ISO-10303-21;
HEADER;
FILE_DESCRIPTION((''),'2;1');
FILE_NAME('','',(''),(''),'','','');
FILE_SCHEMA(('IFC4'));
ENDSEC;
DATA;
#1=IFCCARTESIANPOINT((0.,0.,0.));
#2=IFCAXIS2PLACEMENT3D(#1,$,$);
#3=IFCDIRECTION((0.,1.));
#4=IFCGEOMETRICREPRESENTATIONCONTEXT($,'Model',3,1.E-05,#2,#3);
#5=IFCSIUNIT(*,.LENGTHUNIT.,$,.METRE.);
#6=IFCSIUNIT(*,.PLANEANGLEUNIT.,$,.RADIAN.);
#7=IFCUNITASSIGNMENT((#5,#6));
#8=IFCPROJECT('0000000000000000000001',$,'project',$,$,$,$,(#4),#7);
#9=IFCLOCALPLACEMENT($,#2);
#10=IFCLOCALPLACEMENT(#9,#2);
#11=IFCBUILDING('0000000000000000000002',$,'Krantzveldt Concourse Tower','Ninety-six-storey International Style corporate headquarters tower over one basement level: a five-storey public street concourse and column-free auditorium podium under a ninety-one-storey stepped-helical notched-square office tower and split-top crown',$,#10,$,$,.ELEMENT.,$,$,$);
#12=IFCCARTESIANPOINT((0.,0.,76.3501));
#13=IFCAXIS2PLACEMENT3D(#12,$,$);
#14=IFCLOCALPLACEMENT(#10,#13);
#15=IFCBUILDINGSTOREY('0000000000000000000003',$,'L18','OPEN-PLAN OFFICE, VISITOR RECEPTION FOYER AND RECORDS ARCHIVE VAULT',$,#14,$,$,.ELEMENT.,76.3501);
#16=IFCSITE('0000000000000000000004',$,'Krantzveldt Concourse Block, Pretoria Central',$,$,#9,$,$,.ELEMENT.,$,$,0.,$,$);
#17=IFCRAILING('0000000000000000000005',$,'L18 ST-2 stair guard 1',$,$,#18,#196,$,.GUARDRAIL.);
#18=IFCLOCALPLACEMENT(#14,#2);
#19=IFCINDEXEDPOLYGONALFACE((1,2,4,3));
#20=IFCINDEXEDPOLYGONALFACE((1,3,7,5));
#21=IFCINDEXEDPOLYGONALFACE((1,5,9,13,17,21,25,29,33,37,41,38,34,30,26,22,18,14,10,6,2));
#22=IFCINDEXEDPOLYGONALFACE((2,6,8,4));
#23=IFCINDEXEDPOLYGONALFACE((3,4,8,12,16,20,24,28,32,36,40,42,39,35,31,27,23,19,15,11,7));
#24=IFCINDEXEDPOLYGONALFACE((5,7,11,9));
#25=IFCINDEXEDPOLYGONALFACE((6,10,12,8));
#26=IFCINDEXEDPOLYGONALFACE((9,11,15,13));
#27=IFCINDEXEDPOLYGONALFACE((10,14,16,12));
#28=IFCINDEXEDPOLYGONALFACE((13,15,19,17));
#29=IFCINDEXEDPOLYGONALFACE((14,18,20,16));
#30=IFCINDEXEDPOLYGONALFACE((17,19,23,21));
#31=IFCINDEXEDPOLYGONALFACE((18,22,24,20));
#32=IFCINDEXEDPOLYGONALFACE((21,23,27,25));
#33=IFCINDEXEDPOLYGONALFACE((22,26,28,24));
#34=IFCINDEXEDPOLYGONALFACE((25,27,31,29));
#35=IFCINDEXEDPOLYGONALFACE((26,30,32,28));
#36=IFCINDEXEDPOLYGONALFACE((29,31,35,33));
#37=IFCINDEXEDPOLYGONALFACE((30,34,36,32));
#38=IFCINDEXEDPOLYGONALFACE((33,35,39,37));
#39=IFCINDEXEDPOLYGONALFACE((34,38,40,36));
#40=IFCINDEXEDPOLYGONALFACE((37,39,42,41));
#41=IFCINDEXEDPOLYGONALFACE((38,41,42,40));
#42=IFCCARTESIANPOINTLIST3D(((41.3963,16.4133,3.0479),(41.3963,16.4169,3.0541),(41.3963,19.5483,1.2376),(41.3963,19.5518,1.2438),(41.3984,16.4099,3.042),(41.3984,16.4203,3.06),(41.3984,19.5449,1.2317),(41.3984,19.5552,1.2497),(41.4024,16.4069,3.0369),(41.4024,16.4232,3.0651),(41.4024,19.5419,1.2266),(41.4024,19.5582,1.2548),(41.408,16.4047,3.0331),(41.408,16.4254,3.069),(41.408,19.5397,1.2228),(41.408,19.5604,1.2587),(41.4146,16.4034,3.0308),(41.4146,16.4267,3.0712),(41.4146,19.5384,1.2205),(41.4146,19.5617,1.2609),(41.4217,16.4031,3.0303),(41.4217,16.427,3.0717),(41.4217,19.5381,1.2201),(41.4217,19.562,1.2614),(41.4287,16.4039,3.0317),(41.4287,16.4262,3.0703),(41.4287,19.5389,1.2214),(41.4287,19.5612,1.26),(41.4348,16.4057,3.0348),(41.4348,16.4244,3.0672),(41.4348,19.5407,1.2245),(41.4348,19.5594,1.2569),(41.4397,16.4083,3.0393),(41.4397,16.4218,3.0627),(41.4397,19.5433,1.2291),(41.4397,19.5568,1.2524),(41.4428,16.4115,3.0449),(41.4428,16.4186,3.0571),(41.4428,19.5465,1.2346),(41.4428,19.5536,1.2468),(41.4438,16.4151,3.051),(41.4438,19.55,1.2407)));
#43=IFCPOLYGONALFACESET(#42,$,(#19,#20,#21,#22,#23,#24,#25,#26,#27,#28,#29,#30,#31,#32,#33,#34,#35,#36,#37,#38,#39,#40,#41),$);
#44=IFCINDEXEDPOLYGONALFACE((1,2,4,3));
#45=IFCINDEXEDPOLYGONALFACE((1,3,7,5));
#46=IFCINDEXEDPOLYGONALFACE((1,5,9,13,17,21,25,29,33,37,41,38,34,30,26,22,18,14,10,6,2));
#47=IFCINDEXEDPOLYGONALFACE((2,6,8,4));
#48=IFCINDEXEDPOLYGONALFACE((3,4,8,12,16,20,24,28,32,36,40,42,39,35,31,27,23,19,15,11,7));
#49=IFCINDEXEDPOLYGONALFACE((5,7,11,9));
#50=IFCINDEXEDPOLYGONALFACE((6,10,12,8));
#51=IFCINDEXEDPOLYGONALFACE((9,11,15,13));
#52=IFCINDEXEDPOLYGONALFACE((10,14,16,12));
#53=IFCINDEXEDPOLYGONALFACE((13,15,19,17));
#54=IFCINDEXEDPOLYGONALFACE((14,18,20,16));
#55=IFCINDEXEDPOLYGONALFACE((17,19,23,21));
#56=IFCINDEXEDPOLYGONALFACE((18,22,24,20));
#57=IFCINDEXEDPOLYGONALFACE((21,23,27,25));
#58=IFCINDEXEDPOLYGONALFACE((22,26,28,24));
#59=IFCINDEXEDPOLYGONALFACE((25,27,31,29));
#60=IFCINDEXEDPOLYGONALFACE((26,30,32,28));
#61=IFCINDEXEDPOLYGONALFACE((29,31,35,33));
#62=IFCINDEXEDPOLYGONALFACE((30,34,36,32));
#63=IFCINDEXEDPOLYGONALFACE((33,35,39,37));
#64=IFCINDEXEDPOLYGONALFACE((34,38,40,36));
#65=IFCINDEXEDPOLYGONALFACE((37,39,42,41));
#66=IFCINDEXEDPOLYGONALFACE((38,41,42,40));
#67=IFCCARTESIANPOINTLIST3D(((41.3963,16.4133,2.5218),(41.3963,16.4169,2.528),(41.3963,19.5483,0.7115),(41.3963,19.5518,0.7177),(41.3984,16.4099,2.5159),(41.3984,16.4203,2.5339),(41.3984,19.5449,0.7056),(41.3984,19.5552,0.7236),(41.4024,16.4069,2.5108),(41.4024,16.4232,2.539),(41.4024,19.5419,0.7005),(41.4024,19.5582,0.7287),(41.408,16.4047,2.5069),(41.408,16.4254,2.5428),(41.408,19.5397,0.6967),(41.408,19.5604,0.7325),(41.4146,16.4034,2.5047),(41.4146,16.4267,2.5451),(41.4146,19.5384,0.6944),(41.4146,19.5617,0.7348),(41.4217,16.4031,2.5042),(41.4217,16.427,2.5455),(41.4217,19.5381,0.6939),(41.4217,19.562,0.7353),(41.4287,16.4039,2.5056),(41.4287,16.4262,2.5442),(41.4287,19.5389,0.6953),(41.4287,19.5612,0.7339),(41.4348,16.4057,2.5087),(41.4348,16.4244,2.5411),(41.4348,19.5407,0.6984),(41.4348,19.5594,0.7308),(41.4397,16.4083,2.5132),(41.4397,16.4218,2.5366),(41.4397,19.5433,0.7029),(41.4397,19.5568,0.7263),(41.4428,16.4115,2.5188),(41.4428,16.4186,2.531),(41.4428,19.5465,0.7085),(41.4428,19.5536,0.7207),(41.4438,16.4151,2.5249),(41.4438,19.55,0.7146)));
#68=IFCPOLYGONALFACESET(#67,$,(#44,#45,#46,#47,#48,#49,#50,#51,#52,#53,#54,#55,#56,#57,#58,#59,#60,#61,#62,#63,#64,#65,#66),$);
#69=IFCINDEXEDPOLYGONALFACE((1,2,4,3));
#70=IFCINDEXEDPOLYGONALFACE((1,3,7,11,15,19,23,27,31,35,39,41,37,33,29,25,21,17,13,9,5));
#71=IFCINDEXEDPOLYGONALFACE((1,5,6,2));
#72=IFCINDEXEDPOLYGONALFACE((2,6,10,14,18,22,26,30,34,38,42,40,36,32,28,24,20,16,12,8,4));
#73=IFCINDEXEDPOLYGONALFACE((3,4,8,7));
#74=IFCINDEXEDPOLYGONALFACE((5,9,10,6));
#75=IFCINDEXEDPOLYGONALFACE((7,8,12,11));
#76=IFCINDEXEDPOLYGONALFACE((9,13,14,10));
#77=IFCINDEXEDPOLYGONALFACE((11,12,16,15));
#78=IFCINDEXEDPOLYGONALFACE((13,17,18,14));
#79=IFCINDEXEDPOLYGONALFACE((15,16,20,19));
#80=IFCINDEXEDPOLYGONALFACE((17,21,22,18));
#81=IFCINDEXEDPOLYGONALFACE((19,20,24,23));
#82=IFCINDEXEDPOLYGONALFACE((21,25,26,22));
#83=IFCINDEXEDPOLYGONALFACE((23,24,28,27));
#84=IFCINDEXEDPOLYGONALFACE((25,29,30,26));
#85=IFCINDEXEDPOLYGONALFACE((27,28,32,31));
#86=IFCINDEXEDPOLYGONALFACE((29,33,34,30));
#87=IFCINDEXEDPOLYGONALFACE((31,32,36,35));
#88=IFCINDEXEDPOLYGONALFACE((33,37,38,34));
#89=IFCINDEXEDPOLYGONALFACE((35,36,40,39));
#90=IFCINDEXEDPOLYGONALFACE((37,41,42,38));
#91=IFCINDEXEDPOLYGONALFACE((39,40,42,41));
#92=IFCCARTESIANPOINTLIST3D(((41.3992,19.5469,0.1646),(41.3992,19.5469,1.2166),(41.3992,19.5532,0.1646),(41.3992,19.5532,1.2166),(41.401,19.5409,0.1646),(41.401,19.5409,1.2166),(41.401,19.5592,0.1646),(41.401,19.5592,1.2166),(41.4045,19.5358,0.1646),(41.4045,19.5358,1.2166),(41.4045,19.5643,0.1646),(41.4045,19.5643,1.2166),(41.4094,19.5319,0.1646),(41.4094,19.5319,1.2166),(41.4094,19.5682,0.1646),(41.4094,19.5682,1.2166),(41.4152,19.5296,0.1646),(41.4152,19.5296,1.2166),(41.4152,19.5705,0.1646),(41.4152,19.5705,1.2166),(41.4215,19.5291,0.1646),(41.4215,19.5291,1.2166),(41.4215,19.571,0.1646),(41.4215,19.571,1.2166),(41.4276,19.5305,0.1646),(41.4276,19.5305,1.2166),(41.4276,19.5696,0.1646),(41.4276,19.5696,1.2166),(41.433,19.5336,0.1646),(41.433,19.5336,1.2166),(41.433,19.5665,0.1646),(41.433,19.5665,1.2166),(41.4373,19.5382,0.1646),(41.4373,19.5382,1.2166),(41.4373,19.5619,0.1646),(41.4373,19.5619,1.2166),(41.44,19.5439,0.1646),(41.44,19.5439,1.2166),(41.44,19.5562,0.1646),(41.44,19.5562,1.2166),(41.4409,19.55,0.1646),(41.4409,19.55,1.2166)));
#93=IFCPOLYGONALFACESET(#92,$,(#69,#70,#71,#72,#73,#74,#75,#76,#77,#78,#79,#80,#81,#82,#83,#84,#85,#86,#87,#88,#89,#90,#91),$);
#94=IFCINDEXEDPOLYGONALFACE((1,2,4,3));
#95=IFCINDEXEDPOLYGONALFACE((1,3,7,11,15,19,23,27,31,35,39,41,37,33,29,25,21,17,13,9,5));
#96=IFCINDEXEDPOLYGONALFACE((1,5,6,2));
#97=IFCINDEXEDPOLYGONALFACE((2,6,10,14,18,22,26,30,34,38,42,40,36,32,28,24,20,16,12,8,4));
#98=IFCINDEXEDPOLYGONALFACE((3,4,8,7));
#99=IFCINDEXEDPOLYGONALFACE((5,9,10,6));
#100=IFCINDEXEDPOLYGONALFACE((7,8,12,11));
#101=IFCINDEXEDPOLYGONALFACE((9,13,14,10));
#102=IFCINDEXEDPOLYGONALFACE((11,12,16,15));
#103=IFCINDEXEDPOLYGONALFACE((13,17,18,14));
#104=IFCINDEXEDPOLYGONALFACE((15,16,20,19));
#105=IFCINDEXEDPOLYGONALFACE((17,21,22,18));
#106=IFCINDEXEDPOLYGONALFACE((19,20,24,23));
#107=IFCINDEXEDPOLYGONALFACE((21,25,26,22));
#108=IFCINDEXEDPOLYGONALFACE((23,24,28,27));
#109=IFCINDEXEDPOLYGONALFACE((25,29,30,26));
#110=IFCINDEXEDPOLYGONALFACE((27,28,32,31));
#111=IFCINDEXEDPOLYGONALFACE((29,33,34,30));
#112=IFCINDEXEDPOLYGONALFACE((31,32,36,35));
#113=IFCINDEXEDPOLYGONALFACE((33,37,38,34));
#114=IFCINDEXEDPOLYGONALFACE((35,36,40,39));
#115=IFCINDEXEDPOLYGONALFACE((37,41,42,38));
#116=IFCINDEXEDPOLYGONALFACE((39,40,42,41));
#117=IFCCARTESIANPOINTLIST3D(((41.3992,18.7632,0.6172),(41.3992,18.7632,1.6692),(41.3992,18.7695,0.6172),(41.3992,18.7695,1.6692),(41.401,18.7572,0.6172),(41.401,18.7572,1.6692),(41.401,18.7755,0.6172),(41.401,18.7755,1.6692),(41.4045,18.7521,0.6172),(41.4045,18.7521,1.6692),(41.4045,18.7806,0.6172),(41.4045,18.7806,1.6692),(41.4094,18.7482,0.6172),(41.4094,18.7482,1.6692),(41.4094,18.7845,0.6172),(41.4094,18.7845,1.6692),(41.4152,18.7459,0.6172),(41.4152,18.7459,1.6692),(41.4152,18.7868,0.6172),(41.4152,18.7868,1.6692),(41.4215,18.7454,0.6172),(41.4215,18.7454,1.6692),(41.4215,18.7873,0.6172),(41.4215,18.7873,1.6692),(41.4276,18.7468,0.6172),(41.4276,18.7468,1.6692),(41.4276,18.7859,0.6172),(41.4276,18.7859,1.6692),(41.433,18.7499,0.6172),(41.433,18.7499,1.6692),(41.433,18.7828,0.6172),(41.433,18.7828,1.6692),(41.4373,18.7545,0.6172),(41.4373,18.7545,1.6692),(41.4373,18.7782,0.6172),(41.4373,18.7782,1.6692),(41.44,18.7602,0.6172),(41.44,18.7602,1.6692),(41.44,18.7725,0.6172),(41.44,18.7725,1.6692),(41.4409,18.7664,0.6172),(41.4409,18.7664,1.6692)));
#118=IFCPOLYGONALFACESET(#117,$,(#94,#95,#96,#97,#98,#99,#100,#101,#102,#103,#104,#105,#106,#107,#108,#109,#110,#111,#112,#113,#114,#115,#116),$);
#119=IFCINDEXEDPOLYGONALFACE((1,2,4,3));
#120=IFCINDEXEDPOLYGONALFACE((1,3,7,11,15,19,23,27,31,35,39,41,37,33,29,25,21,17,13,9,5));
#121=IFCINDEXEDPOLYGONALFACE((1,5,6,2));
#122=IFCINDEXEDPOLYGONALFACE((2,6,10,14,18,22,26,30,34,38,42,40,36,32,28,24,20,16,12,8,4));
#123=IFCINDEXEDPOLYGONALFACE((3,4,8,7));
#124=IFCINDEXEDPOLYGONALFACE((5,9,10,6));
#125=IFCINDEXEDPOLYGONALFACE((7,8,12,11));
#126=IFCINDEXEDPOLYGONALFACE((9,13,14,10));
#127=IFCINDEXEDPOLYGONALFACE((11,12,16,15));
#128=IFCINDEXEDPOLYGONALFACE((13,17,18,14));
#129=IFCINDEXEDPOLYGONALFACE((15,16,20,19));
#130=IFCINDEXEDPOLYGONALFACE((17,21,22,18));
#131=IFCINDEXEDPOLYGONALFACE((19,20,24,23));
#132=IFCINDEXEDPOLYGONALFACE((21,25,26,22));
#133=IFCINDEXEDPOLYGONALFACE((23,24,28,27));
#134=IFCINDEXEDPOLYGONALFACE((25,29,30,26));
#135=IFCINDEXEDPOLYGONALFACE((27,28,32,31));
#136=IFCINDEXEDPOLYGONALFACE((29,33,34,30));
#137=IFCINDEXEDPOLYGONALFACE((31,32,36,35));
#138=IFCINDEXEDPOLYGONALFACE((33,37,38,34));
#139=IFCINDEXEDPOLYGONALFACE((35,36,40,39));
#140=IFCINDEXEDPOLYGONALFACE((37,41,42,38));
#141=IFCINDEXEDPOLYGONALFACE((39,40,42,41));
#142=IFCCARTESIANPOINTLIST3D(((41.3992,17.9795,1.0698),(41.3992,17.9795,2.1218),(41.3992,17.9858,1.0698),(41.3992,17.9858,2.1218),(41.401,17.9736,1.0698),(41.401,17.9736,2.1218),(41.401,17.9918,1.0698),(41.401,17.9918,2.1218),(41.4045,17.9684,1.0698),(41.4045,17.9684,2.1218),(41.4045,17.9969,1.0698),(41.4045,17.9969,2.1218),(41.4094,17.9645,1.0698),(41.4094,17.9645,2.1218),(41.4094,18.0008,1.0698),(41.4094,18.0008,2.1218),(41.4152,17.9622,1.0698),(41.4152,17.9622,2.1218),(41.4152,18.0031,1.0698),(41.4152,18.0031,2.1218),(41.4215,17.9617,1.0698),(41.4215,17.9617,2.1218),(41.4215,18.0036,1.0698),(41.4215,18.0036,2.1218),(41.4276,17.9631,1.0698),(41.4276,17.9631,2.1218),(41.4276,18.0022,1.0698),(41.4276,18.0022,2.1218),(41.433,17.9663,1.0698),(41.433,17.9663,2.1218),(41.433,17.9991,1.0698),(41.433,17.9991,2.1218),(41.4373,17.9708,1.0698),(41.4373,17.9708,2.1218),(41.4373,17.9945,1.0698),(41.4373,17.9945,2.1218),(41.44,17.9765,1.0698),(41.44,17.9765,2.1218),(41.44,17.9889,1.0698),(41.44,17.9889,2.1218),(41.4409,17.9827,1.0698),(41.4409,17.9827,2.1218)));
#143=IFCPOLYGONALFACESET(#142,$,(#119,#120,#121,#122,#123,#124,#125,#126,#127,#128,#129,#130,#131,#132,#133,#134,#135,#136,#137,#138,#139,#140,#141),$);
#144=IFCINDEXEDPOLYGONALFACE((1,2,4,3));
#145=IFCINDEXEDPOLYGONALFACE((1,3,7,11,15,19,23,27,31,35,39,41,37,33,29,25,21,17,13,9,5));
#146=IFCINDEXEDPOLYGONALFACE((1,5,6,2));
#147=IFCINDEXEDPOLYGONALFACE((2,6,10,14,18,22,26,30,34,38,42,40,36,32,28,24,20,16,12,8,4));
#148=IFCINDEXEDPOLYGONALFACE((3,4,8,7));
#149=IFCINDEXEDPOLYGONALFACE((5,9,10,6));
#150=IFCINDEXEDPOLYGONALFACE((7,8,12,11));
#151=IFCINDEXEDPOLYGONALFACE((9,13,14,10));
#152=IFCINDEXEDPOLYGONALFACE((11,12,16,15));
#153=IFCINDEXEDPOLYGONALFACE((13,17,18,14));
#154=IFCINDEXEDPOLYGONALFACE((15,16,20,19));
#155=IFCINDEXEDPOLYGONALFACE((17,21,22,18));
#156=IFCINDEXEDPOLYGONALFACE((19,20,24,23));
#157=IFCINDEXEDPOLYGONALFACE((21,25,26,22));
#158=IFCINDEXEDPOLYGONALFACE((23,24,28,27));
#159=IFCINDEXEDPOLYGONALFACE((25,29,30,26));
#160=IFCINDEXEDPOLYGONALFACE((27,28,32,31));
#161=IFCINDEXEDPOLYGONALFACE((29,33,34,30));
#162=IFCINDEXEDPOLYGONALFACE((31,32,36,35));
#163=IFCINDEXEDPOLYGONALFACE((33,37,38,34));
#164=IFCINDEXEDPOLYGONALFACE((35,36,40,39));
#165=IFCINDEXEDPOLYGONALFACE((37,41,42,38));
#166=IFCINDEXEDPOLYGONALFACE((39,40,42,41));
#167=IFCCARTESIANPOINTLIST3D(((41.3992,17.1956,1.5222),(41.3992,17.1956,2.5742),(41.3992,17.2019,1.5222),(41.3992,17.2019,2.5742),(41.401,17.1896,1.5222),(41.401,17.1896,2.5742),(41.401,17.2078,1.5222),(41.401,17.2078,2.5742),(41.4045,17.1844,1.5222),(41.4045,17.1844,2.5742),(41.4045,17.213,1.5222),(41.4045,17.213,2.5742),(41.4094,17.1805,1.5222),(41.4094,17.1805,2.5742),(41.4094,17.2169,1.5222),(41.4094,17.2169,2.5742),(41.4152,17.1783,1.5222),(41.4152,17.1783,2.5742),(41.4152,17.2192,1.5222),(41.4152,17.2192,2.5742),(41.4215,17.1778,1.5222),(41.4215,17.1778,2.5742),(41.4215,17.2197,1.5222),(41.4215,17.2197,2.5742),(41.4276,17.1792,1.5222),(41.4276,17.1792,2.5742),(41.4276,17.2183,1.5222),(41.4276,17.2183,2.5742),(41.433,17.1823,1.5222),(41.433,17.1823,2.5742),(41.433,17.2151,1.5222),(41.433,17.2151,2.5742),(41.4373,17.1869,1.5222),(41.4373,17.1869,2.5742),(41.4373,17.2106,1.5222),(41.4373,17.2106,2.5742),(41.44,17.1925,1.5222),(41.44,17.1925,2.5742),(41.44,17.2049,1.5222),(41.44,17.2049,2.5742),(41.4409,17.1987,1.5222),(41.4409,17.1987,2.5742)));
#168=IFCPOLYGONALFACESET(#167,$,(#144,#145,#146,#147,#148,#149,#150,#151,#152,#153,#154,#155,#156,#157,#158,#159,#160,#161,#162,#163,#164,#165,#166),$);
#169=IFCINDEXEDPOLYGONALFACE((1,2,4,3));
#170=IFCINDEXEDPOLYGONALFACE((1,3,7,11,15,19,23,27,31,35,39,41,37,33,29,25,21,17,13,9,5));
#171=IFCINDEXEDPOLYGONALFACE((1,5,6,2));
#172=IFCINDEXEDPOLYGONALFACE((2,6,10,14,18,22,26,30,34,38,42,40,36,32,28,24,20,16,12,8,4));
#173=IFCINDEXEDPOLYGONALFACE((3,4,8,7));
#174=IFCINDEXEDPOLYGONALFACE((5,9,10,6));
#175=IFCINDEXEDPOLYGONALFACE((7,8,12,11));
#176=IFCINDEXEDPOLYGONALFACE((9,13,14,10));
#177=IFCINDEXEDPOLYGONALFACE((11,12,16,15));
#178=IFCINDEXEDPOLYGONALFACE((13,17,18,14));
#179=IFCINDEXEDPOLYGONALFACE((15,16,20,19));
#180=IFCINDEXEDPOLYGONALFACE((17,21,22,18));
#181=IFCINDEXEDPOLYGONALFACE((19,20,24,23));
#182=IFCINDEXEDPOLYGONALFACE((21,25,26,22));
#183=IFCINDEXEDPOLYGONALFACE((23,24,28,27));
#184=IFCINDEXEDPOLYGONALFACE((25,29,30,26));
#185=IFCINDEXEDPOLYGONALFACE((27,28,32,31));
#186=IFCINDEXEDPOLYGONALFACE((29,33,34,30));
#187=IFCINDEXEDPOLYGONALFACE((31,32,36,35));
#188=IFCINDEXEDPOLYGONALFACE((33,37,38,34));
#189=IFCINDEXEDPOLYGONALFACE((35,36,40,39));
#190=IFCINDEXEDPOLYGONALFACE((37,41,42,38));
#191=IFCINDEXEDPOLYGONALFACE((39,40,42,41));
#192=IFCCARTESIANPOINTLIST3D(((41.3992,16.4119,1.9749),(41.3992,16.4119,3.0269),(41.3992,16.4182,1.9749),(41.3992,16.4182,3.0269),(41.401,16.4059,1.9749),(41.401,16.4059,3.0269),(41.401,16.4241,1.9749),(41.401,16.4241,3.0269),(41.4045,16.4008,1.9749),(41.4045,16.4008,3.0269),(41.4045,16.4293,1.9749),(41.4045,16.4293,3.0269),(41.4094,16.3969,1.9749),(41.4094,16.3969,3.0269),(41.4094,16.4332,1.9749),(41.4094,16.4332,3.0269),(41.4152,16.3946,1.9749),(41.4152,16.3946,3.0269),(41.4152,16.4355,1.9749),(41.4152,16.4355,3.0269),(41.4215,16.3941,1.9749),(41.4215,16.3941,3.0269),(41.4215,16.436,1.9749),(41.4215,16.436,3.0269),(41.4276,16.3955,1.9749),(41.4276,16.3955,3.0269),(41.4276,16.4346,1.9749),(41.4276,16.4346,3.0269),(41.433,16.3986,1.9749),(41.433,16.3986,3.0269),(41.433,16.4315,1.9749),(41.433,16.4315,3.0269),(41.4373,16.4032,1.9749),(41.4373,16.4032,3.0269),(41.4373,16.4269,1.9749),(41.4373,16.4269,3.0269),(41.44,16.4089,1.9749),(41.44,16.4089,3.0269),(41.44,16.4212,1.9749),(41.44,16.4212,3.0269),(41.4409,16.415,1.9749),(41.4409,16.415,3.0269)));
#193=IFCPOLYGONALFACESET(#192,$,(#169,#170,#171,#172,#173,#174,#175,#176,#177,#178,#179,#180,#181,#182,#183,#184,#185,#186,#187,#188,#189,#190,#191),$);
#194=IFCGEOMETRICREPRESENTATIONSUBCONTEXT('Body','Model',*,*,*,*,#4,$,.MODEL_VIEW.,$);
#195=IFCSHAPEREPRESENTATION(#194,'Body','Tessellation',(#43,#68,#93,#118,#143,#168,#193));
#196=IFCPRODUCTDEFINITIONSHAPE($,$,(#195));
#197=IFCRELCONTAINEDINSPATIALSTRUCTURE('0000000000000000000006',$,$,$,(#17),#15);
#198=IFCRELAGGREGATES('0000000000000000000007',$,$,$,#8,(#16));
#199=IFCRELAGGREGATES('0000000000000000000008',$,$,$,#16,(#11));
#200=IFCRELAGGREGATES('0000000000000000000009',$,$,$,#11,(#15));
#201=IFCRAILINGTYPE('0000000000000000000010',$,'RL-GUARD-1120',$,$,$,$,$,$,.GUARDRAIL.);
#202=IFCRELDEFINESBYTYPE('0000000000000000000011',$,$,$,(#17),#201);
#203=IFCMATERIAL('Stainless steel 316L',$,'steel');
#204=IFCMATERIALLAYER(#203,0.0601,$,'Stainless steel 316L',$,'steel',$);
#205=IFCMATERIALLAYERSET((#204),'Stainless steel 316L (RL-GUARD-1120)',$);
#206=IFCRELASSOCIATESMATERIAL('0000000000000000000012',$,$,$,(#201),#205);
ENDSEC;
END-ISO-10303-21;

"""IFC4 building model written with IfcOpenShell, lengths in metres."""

from ifc_helpers import new_model, si_unit, direction, frame, origin, origin_2d, place, context, subcontext, project, spatial, circle, extrude, material, layer, layer_set, type_object, element, save


model = new_model("IFC4")

# Units and contexts
model_context = context("Model", 3, precision=1e-05, world=origin(), true_north=direction((0.0, 1.0)))
body_context = subcontext(model_context, "Body", "Model", "MODEL_VIEW")
ifc_project = project(units=[si_unit("LENGTHUNIT", "METRE"), si_unit("PLANEANGLEUNIT", "RADIAN")], contexts=[model_context])

# Site, building, storey
site_placement = place(None, origin())
site = spatial("IfcSite", under=ifc_project, at=site_placement, Name="Krantzveldt Concourse Block, Pretoria Central", CompositionType="ELEMENT", RefElevation=0.0)
building_placement = place(site_placement, origin())
building = spatial("IfcBuilding", under=site, at=building_placement, Name="Krantzveldt Concourse Tower", Description="Ninety-six-storey International Style corporate headquarters tower over one basement level: a five-storey public street concourse and column-free auditorium podium under a ninety-one-storey stepped-helical notched-square office tower and split-top crown", CompositionType="ELEMENT")
storey_placement = place(building_placement, frame((0.0, 0.0, 76.3501)))
storey = spatial("IfcBuildingStorey", under=building, at=storey_placement, Name="L18", Description="OPEN-PLAN OFFICE, VISITOR RECEPTION FOYER AND RECORDS ARCHIVE VAULT", CompositionType="ELEMENT", Elevation=76.3501)

# Shared definitions
ifc_material_1 = material(Name="Stainless steel 316L", Category="steel")

# Railing
ifc_layer_1 = layer(ifc_material_1, 0.0601, Name="Stainless steel 316L", Category="steel")
ifc_layer_set_1 = layer_set([ifc_layer_1], Name="Stainless steel 316L (RL-GUARD-1120)")
railing_type_1 = type_object("IfcRailingType", Name="RL-GUARD-1120", PredefinedType="GUARDRAIL", material=ifc_layer_set_1)
railing_1_placement = place(storey_placement, frame((41.4199, 19.55, 0.1646)))
element("IfcRailing", 1, at=railing_1_placement, inside=storey, type_object=railing_type_1, Name="L18 ST-2 stair guard 1", PredefinedType="GUARDRAIL", context=body_context, shape_type="SweptSolid", body=[
    extrude(circle(Radius=0.0239, at=origin_2d()), frame((0.0, 0.0, 1.0762), z_axis=(0.0, -0.865989, 0.500063), x_axis=(1.0, 0.0, 0.0)), (0.0, 0.0, 1.0), 3.6201),
    extrude(circle(Radius=0.0239, at=origin_2d()), frame((0.0, 0.0, 0.55), z_axis=(0.0, -0.865989, 0.500063), x_axis=(1.0, 0.0, 0.0)), (0.0, 0.0, 1.0), 3.6201),
    extrude(circle(Radius=0.021, at=origin_2d()), origin(), (0.0, 0.0, 1.0), 1.052),
    extrude(circle(Radius=0.021, at=origin_2d()), frame((0.0, -0.7837, 0.4526)), (0.0, 0.0, 1.0), 1.052),
    extrude(circle(Radius=0.021, at=origin_2d()), frame((0.0, -1.5674, 0.9053)), (0.0, 0.0, 1.0), 1.052),
    extrude(circle(Radius=0.021, at=origin_2d()), frame((0.0, -2.3513, 1.3577)), (0.0, 0.0, 1.0), 1.052),
    extrude(circle(Radius=0.021, at=origin_2d()), frame((0.0, -3.135, 1.8103)), (0.0, 0.0, 1.0), 1.052),
])

save(model, "model.ifc")
